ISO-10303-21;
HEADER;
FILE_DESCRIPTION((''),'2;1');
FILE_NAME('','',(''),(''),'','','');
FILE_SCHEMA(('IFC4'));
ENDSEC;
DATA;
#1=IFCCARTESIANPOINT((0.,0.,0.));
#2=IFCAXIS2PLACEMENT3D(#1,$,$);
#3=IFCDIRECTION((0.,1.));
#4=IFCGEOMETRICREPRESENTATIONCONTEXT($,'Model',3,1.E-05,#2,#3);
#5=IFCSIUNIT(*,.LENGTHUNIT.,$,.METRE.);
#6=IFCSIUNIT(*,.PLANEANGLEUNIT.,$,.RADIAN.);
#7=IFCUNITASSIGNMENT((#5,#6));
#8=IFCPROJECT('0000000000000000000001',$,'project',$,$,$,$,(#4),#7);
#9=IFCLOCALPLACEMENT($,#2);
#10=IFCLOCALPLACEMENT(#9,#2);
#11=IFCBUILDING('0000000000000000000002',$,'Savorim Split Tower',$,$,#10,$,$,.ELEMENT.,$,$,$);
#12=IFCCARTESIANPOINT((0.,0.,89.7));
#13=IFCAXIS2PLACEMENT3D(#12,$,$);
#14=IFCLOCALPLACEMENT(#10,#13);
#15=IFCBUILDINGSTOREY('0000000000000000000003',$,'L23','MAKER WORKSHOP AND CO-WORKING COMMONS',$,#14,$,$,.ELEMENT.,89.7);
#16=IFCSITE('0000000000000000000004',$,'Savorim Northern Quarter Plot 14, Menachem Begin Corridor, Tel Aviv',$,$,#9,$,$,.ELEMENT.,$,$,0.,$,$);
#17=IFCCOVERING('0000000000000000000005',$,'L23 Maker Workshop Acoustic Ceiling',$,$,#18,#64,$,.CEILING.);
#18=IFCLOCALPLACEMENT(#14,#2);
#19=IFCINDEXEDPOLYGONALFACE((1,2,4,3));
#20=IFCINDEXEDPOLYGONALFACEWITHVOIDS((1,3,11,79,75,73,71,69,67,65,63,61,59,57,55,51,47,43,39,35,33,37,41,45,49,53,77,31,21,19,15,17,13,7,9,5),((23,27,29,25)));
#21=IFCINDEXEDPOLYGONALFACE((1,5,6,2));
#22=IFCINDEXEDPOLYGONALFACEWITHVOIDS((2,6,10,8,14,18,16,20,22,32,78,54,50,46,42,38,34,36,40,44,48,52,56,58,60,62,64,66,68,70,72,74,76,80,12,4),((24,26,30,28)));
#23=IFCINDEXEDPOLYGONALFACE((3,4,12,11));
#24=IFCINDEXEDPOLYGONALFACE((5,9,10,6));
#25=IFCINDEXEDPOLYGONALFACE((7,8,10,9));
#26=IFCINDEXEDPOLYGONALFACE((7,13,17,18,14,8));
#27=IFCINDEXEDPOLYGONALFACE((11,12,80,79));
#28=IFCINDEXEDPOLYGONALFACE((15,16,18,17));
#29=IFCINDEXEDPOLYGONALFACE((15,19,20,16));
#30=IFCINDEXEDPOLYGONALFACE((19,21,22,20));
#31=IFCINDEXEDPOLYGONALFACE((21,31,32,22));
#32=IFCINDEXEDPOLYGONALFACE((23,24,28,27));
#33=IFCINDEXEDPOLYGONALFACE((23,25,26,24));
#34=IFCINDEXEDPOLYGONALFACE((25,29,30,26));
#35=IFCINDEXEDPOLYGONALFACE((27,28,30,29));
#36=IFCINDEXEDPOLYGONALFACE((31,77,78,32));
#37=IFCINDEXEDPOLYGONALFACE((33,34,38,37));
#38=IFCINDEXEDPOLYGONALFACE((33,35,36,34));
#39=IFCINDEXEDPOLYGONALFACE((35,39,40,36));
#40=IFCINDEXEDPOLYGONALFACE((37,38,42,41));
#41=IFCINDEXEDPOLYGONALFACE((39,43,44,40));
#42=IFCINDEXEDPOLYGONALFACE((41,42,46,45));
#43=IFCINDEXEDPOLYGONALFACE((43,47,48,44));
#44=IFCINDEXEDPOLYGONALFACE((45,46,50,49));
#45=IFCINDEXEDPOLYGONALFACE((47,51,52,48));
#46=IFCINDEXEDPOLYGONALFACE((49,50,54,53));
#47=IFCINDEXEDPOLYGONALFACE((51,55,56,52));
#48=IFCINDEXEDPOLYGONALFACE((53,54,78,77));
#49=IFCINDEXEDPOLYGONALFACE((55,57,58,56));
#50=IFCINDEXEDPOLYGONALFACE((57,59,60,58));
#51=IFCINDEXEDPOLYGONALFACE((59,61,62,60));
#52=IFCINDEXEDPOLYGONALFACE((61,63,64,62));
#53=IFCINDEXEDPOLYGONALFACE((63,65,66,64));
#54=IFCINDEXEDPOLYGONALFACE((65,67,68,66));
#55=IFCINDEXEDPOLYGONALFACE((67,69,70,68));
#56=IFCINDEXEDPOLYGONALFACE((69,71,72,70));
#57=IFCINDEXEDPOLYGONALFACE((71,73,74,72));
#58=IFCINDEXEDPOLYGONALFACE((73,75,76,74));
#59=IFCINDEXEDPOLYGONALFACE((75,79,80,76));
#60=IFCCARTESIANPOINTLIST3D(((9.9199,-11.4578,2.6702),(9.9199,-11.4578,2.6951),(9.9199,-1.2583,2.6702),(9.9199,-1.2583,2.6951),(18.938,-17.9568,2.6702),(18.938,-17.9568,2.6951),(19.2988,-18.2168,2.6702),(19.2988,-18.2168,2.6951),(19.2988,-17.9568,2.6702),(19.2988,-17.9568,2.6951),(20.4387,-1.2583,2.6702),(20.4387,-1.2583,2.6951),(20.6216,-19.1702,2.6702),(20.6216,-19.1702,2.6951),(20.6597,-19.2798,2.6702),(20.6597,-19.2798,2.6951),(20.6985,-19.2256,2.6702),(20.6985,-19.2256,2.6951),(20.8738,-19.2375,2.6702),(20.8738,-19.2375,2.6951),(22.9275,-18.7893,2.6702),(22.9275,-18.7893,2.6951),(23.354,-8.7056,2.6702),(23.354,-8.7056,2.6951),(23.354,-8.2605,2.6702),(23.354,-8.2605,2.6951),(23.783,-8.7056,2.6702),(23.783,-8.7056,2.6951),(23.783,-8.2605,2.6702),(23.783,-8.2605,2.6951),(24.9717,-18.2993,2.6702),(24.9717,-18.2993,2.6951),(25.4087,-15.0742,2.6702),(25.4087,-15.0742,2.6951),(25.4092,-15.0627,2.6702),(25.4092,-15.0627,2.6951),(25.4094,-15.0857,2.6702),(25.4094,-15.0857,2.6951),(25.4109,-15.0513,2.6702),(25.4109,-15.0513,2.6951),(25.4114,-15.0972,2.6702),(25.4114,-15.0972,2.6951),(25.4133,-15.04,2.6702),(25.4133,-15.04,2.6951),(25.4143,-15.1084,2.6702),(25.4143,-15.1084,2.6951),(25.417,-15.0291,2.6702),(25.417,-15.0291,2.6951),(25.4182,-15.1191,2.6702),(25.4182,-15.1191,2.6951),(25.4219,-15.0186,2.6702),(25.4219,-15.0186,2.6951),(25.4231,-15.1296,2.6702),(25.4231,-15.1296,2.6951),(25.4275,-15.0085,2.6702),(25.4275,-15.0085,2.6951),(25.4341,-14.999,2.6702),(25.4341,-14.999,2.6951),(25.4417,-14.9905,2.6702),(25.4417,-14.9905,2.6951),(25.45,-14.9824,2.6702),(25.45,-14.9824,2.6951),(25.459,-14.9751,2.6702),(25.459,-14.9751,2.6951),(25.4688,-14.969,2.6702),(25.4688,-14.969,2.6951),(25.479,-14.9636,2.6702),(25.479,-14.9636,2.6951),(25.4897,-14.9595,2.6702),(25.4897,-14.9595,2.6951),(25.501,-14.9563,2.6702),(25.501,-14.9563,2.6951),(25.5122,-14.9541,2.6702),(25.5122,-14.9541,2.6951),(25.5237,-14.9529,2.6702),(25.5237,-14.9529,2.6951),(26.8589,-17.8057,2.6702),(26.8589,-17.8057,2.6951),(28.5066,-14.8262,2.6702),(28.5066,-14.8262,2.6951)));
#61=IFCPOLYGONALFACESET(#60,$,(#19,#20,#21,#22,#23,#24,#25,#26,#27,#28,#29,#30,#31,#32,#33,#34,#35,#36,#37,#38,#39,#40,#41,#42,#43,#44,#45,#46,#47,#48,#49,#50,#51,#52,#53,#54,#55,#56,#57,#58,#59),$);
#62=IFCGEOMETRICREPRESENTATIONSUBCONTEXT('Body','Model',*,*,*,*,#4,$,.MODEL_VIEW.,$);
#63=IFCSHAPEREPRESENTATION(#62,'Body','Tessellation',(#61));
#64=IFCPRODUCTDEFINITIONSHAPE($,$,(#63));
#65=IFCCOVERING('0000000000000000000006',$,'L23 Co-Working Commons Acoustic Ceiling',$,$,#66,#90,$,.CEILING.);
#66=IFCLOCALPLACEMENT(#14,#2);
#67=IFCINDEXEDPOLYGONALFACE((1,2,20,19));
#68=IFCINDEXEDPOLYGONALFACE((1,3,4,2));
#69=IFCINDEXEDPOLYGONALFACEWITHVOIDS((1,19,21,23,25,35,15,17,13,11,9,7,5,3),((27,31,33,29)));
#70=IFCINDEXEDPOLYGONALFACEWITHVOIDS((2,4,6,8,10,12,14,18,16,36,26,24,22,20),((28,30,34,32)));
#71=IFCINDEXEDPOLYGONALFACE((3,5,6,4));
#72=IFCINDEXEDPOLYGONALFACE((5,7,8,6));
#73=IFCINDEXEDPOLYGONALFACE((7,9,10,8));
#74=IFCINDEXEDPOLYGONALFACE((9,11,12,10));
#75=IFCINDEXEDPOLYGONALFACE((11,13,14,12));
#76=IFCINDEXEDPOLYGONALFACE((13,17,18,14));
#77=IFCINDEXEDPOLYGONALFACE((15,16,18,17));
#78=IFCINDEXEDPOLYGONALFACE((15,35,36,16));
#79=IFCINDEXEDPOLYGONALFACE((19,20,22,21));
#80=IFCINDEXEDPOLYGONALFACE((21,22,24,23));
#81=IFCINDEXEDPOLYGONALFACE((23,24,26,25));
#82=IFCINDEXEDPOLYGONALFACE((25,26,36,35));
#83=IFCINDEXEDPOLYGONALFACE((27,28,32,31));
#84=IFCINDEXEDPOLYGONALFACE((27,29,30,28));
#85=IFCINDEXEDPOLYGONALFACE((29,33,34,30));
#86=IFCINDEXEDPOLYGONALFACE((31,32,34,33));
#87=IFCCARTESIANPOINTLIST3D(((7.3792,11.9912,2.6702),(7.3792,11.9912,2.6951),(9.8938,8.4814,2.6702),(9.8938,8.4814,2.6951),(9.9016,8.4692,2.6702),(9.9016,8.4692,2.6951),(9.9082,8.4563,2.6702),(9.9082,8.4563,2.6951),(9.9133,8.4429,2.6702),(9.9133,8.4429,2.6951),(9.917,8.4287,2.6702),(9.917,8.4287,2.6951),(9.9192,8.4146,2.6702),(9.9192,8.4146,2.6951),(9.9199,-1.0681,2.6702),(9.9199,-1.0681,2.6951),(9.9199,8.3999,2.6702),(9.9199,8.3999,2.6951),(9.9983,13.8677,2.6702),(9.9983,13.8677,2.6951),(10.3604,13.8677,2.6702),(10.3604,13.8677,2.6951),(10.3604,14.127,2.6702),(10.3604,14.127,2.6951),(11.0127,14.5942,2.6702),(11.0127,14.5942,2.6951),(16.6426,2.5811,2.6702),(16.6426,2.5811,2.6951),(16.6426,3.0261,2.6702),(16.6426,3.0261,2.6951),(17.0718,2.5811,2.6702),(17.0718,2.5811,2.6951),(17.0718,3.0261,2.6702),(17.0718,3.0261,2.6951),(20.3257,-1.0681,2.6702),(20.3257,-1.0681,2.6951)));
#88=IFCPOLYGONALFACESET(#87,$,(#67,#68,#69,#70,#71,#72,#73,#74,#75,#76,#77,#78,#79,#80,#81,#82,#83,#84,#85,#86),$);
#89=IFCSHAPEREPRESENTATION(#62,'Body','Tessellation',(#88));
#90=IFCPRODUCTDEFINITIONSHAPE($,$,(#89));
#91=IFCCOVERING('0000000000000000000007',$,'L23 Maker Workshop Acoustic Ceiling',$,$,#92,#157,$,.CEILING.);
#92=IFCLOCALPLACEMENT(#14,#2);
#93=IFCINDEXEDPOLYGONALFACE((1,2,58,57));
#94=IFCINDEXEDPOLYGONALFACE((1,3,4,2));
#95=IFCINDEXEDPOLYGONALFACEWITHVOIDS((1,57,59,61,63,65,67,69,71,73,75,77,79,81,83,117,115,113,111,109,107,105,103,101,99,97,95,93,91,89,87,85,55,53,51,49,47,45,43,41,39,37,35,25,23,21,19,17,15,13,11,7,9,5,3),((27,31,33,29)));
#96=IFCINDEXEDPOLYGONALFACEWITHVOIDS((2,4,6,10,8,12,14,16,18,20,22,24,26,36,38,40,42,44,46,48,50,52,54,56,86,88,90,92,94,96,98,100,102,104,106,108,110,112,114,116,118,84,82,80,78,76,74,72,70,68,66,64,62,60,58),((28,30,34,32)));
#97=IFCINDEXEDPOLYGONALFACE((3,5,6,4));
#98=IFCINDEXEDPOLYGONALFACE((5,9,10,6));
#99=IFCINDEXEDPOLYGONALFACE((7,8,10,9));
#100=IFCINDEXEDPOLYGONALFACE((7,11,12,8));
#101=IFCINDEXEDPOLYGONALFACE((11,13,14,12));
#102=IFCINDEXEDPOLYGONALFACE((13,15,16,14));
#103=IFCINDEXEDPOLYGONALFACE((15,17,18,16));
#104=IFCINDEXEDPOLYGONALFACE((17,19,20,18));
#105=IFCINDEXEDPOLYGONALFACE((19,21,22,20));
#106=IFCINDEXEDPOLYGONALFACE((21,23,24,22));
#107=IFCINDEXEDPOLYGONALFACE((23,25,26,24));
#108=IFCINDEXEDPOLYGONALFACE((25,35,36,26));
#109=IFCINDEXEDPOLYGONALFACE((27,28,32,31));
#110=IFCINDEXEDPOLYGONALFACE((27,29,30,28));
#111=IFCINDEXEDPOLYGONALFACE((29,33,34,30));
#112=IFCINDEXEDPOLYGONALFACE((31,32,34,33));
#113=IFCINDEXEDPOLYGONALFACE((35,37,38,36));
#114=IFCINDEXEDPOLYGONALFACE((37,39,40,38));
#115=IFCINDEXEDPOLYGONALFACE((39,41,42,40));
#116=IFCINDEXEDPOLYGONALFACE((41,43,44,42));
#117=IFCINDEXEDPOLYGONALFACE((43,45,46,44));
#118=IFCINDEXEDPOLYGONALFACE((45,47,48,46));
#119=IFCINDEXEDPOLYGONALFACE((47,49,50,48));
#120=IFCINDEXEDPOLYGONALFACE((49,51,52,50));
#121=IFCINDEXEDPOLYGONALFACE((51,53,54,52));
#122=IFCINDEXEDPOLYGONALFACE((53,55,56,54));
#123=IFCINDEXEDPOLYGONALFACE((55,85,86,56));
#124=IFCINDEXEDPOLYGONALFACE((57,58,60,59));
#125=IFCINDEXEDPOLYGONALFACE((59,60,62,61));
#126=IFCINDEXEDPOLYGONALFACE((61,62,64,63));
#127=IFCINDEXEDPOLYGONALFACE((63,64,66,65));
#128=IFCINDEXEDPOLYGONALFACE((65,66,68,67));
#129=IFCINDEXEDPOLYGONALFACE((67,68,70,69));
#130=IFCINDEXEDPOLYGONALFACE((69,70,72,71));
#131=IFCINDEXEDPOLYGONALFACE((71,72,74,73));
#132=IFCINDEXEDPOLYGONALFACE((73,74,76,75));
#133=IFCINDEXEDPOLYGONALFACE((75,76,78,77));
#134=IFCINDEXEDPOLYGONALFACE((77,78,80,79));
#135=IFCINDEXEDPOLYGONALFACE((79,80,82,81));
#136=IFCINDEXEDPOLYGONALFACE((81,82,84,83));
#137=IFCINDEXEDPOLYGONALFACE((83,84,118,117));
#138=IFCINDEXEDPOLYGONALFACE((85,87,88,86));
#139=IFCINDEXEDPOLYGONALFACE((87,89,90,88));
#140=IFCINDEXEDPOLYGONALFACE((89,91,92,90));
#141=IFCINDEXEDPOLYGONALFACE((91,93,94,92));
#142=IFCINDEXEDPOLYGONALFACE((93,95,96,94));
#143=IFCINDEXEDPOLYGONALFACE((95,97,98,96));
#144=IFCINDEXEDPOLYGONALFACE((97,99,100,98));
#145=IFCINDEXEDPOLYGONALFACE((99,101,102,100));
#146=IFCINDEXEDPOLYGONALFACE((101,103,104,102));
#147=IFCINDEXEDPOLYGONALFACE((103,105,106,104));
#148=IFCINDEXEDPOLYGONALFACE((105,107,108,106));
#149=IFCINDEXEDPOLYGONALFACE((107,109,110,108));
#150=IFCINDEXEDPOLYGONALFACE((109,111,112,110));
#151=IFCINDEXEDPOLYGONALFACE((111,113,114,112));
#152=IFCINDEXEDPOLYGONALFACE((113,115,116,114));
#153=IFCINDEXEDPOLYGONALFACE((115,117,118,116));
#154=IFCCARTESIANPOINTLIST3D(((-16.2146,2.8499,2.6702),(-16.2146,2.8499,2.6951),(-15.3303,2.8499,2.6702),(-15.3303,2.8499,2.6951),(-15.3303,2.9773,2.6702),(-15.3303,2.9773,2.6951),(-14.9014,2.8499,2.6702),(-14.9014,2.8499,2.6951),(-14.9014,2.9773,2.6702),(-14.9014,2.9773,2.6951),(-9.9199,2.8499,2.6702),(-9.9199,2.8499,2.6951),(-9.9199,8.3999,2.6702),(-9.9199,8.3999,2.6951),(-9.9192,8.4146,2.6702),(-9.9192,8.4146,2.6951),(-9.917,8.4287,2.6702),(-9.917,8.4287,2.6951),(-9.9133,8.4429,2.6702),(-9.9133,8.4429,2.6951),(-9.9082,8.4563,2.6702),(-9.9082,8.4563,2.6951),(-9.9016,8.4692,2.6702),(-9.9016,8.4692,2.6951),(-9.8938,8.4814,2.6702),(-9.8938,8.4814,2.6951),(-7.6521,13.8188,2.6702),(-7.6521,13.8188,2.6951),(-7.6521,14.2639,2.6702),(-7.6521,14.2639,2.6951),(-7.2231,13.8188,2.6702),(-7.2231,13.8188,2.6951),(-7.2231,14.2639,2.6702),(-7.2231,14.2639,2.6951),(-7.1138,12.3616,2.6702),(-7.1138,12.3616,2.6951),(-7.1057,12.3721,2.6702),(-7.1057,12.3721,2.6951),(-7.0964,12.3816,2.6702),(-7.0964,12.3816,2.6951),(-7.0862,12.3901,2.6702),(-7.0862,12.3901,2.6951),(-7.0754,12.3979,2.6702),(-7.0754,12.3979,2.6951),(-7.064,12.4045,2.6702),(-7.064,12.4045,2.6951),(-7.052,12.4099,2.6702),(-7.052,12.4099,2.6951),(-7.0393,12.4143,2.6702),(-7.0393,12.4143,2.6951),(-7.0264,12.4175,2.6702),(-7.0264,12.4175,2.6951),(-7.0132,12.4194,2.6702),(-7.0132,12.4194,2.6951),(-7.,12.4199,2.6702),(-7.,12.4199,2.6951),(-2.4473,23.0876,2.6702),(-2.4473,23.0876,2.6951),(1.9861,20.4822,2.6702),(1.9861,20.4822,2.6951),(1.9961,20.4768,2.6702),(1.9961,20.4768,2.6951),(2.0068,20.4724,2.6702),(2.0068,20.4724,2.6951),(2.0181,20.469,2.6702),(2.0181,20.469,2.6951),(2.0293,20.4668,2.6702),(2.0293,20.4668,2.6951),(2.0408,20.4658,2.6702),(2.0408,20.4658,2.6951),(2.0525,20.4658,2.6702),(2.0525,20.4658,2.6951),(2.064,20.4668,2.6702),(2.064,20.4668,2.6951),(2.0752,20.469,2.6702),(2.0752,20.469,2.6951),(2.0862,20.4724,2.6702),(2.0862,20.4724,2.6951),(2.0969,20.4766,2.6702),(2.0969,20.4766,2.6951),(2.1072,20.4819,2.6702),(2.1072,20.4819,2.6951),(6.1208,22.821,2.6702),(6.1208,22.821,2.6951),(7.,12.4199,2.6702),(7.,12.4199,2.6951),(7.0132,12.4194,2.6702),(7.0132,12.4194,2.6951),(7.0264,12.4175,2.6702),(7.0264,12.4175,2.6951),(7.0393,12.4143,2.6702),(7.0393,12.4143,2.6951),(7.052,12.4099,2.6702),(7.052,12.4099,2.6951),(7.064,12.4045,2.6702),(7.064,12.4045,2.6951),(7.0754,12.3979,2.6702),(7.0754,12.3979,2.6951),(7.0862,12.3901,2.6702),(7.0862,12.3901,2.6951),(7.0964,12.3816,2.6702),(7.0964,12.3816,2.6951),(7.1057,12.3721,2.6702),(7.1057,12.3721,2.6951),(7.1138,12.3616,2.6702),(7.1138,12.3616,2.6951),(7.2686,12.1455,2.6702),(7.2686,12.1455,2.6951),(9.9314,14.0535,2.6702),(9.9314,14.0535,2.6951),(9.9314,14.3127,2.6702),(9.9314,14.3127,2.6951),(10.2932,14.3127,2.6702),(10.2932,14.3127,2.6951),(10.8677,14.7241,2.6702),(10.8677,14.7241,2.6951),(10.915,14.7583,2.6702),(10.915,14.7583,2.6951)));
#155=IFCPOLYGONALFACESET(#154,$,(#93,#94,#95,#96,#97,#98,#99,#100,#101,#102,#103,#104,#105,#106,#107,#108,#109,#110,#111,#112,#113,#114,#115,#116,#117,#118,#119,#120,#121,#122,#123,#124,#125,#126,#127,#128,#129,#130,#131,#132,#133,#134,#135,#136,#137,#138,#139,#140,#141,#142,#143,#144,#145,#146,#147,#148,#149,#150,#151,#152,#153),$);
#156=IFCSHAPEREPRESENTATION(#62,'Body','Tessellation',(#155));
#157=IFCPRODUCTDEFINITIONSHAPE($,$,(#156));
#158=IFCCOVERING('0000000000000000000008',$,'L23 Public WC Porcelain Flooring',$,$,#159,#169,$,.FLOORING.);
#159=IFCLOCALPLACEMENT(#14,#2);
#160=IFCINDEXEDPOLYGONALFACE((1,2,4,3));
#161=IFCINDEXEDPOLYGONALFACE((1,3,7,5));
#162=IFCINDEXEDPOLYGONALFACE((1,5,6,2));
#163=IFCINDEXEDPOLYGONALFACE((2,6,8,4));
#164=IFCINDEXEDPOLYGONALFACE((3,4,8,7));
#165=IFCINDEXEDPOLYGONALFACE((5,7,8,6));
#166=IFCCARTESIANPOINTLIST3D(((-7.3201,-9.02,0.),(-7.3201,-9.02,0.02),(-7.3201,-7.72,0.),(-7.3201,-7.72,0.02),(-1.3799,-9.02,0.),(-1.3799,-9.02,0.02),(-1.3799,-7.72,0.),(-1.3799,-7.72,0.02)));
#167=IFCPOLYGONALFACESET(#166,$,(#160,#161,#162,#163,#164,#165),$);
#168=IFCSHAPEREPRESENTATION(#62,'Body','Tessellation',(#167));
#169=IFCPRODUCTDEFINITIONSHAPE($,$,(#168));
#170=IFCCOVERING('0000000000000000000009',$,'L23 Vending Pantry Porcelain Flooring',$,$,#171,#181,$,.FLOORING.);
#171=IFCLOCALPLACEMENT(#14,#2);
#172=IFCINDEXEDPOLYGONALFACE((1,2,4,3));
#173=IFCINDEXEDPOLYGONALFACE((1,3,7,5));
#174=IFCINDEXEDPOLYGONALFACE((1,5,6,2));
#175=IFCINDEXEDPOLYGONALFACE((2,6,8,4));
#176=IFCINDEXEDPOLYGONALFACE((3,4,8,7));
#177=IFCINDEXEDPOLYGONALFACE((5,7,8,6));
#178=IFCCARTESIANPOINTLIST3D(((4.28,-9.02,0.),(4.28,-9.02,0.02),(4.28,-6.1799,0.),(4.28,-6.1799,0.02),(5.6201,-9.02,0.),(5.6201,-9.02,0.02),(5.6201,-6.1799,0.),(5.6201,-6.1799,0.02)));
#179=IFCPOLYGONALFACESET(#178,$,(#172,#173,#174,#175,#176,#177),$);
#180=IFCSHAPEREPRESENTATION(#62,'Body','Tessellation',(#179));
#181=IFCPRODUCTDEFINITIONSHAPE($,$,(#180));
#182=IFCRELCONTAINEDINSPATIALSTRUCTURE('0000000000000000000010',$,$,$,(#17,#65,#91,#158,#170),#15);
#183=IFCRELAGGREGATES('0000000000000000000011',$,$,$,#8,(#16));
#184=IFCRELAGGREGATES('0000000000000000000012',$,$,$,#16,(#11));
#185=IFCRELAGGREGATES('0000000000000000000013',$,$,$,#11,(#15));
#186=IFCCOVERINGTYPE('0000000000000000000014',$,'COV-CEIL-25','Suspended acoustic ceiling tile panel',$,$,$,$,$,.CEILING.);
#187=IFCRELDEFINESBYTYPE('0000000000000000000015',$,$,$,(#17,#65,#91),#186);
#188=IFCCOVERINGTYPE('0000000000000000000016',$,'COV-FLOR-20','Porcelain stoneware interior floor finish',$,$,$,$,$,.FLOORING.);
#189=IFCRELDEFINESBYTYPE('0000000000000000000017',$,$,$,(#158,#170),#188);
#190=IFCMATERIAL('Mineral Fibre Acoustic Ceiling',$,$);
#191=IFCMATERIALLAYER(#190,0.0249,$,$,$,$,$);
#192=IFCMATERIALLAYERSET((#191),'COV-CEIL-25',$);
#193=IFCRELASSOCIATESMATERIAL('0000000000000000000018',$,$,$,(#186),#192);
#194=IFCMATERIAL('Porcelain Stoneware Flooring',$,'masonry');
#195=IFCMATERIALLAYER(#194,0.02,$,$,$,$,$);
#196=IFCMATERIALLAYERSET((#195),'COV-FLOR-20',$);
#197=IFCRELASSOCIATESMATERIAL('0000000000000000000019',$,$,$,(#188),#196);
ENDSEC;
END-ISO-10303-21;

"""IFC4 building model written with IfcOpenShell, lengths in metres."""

from ifc_helpers import new_model, si_unit, direction, frame, origin, place, context, subcontext, project, spatial, polyline, outline, extrude, material, layer, layer_set, type_object, element, save


model = new_model("IFC4")

# Units and contexts
model_context = context("Model", 3, precision=1e-05, world=origin(), true_north=direction((0.0, 1.0)))
body_context = subcontext(model_context, "Body", "Model", "MODEL_VIEW")
ifc_project = project(units=[si_unit("LENGTHUNIT", "METRE"), si_unit("PLANEANGLEUNIT", "RADIAN")], contexts=[model_context])

# Site, building, storey
site_placement = place(None, origin())
site = spatial("IfcSite", under=ifc_project, at=site_placement, Name="Savorim Northern Quarter Plot 14, Menachem Begin Corridor, Tel Aviv", CompositionType="ELEMENT", RefElevation=0.0)
building_placement = place(site_placement, origin())
building = spatial("IfcBuilding", under=site, at=building_placement, Name="Savorim Split Tower", CompositionType="ELEMENT")
storey_placement = place(building_placement, frame((0.0, 0.0, 89.7)))
storey = spatial("IfcBuildingStorey", under=building, at=storey_placement, Name="L23", Description="MAKER WORKSHOP AND CO-WORKING COMMONS", CompositionType="ELEMENT", Elevation=89.7)

# Coverings
ifc_material_1 = material(Name="Mineral Fibre Acoustic Ceiling")
ifc_layer_1 = layer(ifc_material_1, 0.0249)
ifc_layer_set_1 = layer_set([ifc_layer_1], Name="COV-CEIL-25")
covering_type_1 = type_object("IfcCoveringType", Name="COV-CEIL-25", Description="Suspended acoustic ceiling tile panel", PredefinedType="CEILING", material=ifc_layer_set_1)
covering_1_placement = place(storey_placement, frame((0.0, 0.0, 2.6702)))
element("IfcCovering", 1, at=covering_1_placement, inside=storey, type_object=covering_type_1, Name="L23 Maker Workshop Acoustic Ceiling", PredefinedType="CEILING", context=body_context, shape_type="SweptSolid", body=[
    extrude(outline(polyline([(25.501, -14.9563), (25.5122, -14.9541), (25.5237, -14.9529), (28.5066, -14.8262), (20.4387, -1.2583), (9.9199, -1.2583), (9.9199, -11.4578), (18.938, -17.9568), (19.2988, -17.9568), (19.2988, -18.2168), (20.6216, -19.1702), (20.6985, -19.2256), (20.6597, -19.2798), (20.8738, -19.2375), (22.9275, -18.7893), (24.9717, -18.2993), (26.8589, -17.8057), (25.4231, -15.1296), (25.4182, -15.1191), (25.4143, -15.1084), (25.4114, -15.0972), (25.4094, -15.0857), (25.4087, -15.0742), (25.4092, -15.0627), (25.4109, -15.0513), (25.4133, -15.04), (25.417, -15.0291), (25.4219, -15.0186), (25.4275, -15.0085), (25.4341, -14.999), (25.4417, -14.9905), (25.45, -14.9824), (25.459, -14.9751), (25.4688, -14.969), (25.479, -14.9636), (25.4897, -14.9595), (25.501, -14.9563)]), holes=[polyline([(23.783, -8.7056), (23.783, -8.2605), (23.354, -8.2605), (23.354, -8.7056), (23.783, -8.7056)])]), origin(), (0.0, 0.0, 1.0), 0.0249),
])
covering_2_placement = place(storey_placement, frame((0.0, 0.0, 2.6702)))
element("IfcCovering", 2, at=covering_2_placement, inside=storey, type_object=covering_type_1, Name="L23 Co-Working Commons Acoustic Ceiling", PredefinedType="CEILING", context=body_context, shape_type="SweptSolid", body=[
    extrude(outline(polyline([(9.917, 8.4287), (9.9192, 8.4146), (9.9199, 8.3999), (9.9199, -1.0681), (20.3257, -1.0681), (11.0127, 14.5942), (10.3604, 14.127), (10.3604, 13.8677), (9.9983, 13.8677), (7.3792, 11.9912), (9.8938, 8.4814), (9.9016, 8.4692), (9.9082, 8.4563), (9.9133, 8.4429), (9.917, 8.4287)]), holes=[polyline([(17.0718, 2.5811), (17.0718, 3.0261), (16.6426, 3.0261), (16.6426, 2.5811), (17.0718, 2.5811)])]), origin(), (0.0, 0.0, 1.0), 0.0249),
])
covering_3_placement = place(storey_placement, frame((0.0, 0.0, 2.6702)))
element("IfcCovering", 3, at=covering_3_placement, inside=storey, type_object=covering_type_1, Name="L23 Maker Workshop Acoustic Ceiling", PredefinedType="CEILING", context=body_context, shape_type="SweptSolid", body=[
    extrude(outline(polyline([(2.0068, 20.4724), (1.9961, 20.4768), (1.9861, 20.4822), (-2.4473, 23.0876), (-16.2146, 2.8499), (-15.3303, 2.8499), (-15.3303, 2.9773), (-14.9014, 2.9773), (-14.9014, 2.8499), (-9.9199, 2.8499), (-9.9199, 8.3999), (-9.9192, 8.4146), (-9.917, 8.4287), (-9.9133, 8.4429), (-9.9082, 8.4563), (-9.9016, 8.4692), (-9.8938, 8.4814), (-7.1138, 12.3616), (-7.1057, 12.3721), (-7.0964, 12.3816), (-7.0862, 12.3901), (-7.0754, 12.3979), (-7.064, 12.4045), (-7.052, 12.4099), (-7.0393, 12.4143), (-7.0264, 12.4175), (-7.0132, 12.4194), (-7.0, 12.4199), (7.0, 12.4199), (7.0132, 12.4194), (7.0264, 12.4175), (7.0393, 12.4143), (7.052, 12.4099), (7.064, 12.4045), (7.0754, 12.3979), (7.0862, 12.3901), (7.0964, 12.3816), (7.1057, 12.3721), (7.1138, 12.3616), (7.2686, 12.1455), (9.9314, 14.0535), (9.9314, 14.3127), (10.2932, 14.3127), (10.8677, 14.7241), (10.915, 14.7583), (6.1208, 22.821), (2.1072, 20.4819), (2.0969, 20.4766), (2.0862, 20.4724), (2.0752, 20.469), (2.064, 20.4668), (2.0525, 20.4658), (2.0408, 20.4658), (2.0293, 20.4668), (2.0181, 20.469), (2.0068, 20.4724)]), holes=[polyline([(-7.2231, 14.2639), (-7.6521, 14.2639), (-7.6521, 13.8188), (-7.2231, 13.8188), (-7.2231, 14.2639)])]), origin(), (0.0, 0.0, 1.0), 0.0249),
])
ifc_material_2 = material(Name="Porcelain Stoneware Flooring", Category="masonry")
ifc_layer_2 = layer(ifc_material_2, 0.02)
ifc_layer_set_2 = layer_set([ifc_layer_2], Name="COV-FLOR-20")
covering_type_2 = type_object("IfcCoveringType", Name="COV-FLOR-20", Description="Porcelain stoneware interior floor finish", PredefinedType="FLOORING", material=ifc_layer_set_2)
covering_4_placement = place(storey_placement, origin())
element("IfcCovering", 4, at=covering_4_placement, inside=storey, type_object=covering_type_2, Name="L23 Public WC Porcelain Flooring", PredefinedType="FLOORING", context=body_context, shape_type="SweptSolid", body=[
    extrude(outline(polyline([(-7.3201, -7.72), (-7.3201, -9.02), (-1.3799, -9.02), (-1.3799, -7.72), (-7.3201, -7.72)])), origin(), (0.0, 0.0, 1.0), 0.02),
])
covering_5_placement = place(storey_placement, origin())
element("IfcCovering", 5, at=covering_5_placement, inside=storey, type_object=covering_type_2, Name="L23 Vending Pantry Porcelain Flooring", PredefinedType="FLOORING", context=body_context, shape_type="SweptSolid", body=[
    extrude(outline(polyline([(4.28, -6.1799), (4.28, -9.02), (5.6201, -9.02), (5.6201, -6.1799), (4.28, -6.1799)])), origin(), (0.0, 0.0, 1.0), 0.02),
])

save(model, "model.ifc")
